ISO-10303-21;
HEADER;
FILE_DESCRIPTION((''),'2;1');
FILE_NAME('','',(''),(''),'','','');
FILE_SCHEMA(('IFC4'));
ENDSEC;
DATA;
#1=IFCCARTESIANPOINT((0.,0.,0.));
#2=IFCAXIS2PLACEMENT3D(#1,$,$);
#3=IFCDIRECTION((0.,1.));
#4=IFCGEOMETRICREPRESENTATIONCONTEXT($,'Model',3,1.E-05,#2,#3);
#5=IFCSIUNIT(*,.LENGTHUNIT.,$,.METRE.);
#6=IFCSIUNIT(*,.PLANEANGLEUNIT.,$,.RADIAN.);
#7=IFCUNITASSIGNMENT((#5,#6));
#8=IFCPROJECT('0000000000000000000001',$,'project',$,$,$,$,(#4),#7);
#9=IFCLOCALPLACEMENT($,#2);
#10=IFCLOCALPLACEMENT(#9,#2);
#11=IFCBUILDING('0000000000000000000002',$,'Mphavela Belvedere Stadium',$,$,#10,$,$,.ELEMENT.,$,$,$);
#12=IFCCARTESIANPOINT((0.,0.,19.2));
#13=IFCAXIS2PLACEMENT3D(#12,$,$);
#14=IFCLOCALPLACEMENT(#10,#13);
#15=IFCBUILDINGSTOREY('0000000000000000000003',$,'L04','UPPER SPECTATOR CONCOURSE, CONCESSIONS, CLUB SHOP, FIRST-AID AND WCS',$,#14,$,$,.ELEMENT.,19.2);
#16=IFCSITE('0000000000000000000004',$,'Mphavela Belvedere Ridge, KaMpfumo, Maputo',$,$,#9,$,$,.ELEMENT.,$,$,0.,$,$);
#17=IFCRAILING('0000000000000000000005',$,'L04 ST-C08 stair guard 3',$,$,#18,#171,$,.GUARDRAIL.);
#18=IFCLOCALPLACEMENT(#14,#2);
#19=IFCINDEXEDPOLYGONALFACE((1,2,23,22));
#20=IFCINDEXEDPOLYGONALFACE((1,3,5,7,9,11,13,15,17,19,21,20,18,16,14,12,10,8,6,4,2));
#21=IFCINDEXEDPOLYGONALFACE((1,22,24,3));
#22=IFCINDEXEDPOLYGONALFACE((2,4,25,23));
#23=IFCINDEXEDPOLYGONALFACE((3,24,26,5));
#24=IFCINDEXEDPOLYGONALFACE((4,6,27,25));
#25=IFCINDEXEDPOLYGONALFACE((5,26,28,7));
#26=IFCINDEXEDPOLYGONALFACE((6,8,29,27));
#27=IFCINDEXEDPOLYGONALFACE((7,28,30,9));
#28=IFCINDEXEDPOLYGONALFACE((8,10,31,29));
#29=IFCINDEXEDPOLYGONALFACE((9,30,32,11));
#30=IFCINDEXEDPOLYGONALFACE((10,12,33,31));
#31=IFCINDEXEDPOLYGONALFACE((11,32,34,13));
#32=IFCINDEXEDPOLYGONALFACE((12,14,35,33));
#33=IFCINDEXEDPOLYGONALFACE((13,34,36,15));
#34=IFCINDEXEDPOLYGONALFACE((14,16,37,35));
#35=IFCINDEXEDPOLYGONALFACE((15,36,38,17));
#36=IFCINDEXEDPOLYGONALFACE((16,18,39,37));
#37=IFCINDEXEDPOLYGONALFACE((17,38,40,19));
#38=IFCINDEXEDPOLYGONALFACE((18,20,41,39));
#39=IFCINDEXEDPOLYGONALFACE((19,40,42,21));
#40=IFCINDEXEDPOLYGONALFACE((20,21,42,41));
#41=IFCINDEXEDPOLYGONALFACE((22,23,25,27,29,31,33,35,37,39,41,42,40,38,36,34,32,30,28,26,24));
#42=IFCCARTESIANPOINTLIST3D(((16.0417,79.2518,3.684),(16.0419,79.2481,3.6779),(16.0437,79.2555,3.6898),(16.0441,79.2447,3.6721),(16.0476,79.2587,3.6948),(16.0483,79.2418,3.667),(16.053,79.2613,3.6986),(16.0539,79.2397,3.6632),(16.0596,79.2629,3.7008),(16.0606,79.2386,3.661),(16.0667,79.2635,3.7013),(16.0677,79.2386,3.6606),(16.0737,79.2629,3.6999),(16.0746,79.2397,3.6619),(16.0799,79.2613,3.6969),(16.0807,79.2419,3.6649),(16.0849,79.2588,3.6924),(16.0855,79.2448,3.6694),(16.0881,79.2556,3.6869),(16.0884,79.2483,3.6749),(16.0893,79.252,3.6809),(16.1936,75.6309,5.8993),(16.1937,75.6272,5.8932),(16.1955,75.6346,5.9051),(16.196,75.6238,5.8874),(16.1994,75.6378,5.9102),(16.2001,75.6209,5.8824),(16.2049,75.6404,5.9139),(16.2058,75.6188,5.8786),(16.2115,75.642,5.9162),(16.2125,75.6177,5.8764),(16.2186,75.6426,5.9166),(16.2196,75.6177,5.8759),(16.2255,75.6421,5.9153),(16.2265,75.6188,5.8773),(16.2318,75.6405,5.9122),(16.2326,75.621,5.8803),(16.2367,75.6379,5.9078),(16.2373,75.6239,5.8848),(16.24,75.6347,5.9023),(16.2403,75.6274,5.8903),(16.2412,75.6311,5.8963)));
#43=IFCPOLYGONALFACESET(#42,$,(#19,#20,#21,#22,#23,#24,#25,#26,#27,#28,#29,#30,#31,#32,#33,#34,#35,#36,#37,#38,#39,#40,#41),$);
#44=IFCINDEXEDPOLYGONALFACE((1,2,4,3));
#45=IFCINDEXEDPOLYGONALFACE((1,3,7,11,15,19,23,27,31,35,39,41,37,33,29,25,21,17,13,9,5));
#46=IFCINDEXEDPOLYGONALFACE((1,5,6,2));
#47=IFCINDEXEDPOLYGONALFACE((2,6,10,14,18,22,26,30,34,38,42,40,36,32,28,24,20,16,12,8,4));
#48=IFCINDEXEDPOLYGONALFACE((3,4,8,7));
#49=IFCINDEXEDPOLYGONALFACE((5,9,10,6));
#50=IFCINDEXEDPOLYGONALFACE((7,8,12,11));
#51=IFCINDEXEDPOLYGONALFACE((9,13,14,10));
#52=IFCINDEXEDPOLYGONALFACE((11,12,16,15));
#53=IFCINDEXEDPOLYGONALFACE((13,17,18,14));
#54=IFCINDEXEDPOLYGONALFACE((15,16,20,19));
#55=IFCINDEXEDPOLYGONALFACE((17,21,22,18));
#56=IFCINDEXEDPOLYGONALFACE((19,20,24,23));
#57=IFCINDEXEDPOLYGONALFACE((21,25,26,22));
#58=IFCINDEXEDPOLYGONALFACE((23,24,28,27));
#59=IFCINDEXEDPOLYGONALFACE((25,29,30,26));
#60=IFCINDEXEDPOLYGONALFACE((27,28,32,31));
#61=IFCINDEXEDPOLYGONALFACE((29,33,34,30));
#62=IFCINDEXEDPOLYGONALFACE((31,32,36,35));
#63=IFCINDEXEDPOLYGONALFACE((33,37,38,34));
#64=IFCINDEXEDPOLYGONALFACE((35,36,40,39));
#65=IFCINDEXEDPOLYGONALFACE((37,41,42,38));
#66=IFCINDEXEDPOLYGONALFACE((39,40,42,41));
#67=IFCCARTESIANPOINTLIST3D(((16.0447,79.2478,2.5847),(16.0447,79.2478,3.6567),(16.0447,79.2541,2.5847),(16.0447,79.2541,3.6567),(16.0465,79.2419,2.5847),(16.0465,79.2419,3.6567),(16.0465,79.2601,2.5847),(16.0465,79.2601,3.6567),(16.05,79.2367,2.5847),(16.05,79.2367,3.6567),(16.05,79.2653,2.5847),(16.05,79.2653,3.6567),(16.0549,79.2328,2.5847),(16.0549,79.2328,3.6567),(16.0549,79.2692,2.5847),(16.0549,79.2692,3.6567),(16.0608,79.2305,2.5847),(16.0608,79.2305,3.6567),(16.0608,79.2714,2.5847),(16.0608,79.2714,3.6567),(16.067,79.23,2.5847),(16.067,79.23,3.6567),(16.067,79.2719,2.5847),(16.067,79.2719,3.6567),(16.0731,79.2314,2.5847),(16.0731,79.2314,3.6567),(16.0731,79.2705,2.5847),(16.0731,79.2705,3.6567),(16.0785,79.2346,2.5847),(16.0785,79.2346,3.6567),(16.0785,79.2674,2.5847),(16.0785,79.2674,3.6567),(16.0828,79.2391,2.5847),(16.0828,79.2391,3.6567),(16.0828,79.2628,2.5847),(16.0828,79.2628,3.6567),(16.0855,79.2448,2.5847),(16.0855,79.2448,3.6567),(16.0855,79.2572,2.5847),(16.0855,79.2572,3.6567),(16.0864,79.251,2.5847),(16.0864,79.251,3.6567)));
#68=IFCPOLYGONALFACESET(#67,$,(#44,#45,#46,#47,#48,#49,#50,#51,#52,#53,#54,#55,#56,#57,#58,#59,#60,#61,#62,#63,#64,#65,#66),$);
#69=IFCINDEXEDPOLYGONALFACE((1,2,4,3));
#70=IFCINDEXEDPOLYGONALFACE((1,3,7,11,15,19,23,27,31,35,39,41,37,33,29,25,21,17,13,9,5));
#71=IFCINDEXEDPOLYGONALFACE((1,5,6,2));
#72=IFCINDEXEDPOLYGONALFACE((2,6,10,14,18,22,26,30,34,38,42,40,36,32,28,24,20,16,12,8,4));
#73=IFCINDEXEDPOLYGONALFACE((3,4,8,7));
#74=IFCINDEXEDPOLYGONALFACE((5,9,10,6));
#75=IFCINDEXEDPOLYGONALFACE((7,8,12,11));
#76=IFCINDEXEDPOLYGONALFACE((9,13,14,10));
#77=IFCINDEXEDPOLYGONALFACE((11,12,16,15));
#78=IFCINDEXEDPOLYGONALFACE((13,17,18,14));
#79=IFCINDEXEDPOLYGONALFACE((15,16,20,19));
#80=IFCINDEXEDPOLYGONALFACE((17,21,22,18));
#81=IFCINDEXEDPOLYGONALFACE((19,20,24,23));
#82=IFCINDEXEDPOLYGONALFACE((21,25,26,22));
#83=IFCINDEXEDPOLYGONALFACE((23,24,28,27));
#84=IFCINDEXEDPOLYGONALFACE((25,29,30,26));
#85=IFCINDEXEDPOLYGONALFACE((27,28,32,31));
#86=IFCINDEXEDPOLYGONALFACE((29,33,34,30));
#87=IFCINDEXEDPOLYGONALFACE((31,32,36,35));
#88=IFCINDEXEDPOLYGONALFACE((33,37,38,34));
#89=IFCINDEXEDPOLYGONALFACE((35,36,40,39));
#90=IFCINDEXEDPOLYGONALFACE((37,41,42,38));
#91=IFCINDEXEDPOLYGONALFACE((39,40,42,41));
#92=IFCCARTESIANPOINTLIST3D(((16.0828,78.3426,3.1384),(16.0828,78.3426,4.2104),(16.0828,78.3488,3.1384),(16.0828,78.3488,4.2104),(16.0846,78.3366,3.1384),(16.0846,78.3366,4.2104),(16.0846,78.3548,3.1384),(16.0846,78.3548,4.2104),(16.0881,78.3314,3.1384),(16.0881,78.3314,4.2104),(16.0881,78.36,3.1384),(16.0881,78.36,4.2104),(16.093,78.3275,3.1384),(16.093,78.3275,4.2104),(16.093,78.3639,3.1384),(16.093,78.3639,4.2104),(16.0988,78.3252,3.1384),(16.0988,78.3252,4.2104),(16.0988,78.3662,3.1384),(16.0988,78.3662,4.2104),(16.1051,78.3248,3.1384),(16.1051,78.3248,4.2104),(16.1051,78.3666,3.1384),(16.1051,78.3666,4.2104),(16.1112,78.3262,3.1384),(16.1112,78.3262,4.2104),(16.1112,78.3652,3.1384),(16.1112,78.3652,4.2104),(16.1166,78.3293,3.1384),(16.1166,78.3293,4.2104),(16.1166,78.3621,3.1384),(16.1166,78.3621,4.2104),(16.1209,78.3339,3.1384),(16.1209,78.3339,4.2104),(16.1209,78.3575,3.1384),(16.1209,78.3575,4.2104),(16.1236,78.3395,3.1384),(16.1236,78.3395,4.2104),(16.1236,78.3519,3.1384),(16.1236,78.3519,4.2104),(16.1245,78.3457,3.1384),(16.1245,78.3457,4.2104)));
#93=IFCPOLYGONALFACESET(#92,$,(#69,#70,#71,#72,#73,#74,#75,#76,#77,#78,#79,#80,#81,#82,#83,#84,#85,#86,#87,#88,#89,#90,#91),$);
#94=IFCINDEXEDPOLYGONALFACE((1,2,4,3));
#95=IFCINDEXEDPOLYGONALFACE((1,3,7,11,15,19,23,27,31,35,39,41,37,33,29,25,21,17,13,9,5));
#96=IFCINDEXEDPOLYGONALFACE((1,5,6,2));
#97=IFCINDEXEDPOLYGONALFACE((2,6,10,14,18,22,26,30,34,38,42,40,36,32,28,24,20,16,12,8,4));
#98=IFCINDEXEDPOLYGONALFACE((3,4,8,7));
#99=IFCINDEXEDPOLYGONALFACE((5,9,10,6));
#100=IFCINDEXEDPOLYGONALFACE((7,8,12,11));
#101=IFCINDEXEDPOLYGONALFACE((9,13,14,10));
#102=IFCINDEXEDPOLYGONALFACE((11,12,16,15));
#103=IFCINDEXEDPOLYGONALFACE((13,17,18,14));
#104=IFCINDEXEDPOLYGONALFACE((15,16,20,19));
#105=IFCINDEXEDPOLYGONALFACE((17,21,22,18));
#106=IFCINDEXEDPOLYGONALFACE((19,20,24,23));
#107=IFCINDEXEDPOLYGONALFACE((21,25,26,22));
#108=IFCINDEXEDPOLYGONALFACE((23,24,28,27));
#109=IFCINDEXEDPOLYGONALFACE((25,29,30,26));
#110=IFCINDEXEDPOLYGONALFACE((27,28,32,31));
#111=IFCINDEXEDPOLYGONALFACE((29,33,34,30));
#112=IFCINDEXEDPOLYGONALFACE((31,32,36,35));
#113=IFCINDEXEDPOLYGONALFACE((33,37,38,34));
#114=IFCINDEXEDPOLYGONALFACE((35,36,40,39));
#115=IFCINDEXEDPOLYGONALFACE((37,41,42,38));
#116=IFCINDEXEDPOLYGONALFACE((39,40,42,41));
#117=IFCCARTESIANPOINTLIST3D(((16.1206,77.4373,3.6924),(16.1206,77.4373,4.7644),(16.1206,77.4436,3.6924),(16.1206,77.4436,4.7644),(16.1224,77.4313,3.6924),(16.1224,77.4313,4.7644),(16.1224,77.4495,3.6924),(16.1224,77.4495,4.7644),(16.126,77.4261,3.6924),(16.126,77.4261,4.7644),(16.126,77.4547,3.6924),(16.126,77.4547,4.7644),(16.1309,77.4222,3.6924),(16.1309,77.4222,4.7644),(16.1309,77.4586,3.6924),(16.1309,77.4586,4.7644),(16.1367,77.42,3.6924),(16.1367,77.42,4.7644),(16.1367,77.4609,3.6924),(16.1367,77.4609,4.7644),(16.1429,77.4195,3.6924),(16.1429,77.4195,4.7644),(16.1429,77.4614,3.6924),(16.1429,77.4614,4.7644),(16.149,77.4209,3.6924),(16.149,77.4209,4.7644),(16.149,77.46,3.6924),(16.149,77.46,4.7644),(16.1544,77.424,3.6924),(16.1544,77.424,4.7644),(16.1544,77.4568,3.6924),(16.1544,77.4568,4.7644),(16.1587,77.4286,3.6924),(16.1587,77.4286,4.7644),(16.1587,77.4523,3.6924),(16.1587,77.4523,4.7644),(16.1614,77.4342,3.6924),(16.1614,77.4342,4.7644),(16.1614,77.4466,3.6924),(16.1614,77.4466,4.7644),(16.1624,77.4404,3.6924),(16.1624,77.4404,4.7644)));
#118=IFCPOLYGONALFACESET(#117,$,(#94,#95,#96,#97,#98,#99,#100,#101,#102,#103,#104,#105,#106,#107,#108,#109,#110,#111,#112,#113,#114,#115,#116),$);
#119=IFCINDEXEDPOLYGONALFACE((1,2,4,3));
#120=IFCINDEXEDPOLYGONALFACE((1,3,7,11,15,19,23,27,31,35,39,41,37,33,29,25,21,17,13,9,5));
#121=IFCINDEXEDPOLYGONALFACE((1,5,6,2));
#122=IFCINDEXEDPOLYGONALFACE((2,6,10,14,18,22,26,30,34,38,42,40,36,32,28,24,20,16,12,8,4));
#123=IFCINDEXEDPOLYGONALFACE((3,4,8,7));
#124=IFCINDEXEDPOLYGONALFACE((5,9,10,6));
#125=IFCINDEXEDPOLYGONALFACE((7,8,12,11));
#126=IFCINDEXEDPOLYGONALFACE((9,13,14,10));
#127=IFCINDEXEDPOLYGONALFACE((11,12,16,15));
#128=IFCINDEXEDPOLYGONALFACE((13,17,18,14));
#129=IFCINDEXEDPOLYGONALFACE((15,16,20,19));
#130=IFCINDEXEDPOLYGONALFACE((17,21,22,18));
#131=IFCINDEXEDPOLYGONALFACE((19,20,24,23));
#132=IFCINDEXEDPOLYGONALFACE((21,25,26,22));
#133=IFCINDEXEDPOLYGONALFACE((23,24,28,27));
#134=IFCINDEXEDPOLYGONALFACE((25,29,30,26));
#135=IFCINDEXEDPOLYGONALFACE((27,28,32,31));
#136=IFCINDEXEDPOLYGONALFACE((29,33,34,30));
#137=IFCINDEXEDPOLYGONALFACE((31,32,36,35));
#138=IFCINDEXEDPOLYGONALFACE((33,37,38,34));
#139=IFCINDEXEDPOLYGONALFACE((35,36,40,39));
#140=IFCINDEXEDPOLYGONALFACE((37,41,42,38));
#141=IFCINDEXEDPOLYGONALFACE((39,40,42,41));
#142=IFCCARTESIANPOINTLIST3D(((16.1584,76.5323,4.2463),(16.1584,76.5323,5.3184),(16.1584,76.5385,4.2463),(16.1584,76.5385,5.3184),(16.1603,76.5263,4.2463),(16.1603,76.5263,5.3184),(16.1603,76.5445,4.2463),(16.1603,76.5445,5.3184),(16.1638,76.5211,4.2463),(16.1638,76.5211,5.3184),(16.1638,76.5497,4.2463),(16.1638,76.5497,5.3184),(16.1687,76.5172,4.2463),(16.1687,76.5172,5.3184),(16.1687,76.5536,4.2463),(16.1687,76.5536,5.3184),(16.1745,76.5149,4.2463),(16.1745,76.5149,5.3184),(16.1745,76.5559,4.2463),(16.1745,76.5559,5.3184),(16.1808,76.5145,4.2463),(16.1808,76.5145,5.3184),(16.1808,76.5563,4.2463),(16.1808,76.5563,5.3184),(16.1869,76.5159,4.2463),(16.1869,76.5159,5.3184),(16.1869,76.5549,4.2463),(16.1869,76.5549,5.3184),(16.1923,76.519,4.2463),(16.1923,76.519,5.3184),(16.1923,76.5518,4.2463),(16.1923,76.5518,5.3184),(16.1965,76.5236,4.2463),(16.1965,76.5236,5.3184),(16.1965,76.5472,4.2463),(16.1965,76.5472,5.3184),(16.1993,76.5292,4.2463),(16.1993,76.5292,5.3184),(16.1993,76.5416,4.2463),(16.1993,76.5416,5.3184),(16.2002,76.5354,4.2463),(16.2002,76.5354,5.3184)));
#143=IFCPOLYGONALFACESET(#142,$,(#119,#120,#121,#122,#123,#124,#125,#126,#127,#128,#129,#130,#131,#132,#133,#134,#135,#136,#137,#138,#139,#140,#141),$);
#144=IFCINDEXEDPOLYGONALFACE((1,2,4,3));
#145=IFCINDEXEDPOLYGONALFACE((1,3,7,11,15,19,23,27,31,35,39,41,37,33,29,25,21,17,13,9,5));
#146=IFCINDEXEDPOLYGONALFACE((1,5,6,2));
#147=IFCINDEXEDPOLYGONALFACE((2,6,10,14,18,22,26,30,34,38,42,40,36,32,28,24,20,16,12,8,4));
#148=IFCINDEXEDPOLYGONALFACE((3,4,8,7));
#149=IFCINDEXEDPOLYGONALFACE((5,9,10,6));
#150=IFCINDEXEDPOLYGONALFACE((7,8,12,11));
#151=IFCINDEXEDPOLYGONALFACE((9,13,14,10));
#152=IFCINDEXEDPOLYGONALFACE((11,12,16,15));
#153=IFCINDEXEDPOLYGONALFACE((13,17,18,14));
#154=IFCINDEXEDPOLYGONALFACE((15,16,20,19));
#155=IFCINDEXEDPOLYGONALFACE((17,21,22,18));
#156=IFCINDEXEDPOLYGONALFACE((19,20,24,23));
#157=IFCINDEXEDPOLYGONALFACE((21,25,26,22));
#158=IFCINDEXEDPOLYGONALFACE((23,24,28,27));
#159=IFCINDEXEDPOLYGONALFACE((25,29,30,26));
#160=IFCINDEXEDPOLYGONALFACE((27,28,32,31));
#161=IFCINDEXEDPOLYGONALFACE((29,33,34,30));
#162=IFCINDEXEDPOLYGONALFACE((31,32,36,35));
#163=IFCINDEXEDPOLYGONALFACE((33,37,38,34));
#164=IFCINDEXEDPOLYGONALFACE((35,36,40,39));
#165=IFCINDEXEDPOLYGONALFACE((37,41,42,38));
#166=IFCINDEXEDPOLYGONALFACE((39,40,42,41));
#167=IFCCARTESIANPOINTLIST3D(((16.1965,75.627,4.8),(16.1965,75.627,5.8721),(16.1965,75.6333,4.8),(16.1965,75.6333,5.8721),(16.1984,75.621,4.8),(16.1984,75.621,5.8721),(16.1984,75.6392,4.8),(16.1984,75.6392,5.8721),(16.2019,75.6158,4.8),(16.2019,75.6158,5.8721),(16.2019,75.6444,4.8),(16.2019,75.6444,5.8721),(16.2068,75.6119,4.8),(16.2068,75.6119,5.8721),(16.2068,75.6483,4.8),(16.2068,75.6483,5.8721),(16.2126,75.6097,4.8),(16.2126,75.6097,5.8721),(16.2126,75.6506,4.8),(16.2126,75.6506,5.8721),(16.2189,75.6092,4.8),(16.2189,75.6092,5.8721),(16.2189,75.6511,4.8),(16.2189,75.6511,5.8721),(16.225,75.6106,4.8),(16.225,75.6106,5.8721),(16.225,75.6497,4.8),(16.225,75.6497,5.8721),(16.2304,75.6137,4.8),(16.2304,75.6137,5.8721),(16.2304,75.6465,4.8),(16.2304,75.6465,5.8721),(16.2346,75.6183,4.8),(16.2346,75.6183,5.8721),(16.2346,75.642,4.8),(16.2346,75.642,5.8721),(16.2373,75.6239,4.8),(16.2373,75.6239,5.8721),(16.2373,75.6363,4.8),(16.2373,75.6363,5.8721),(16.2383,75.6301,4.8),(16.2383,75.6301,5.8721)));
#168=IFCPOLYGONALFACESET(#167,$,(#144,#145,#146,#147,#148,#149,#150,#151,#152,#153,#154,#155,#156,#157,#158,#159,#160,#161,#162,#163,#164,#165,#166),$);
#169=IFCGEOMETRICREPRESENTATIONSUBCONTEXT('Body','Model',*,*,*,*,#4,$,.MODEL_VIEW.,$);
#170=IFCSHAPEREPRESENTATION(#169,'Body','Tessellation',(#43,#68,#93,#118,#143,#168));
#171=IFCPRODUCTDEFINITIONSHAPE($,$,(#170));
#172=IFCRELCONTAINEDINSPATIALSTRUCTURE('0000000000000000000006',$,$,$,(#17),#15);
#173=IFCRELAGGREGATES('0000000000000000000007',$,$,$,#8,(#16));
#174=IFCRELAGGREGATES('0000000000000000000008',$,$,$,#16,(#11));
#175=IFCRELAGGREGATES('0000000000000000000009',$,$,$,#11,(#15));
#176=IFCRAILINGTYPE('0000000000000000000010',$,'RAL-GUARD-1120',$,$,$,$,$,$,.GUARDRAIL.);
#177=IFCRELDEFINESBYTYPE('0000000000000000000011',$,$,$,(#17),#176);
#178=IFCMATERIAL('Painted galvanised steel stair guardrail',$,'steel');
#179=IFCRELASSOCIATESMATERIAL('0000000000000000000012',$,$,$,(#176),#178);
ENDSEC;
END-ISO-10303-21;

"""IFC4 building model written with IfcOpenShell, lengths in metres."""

from ifc_helpers import new_model, si_unit, direction, frame, origin, origin_2d, place, context, subcontext, project, spatial, circle, extrude, material, type_object, element, save


model = new_model("IFC4")

# Units and contexts
model_context = context("Model", 3, precision=1e-05, world=origin(), true_north=direction((0.0, 1.0)))
body_context = subcontext(model_context, "Body", "Model", "MODEL_VIEW")
ifc_project = project(units=[si_unit("LENGTHUNIT", "METRE"), si_unit("PLANEANGLEUNIT", "RADIAN")], contexts=[model_context])

# Site, building, storey
site_placement = place(None, origin())
site = spatial("IfcSite", under=ifc_project, at=site_placement, Name="Mphavela Belvedere Ridge, KaMpfumo, Maputo", CompositionType="ELEMENT", RefElevation=0.0)
building_placement = place(site_placement, origin())
building = spatial("IfcBuilding", under=site, at=building_placement, Name="Mphavela Belvedere Stadium", CompositionType="ELEMENT")
storey_placement = place(building_placement, frame((0.0, 0.0, 19.2)))
storey = spatial("IfcBuildingStorey", under=building, at=storey_placement, Name="L04", Description="UPPER SPECTATOR CONCOURSE, CONCESSIONS, CLUB SHOP, FIRST-AID AND WCS", CompositionType="ELEMENT", Elevation=19.2)

# Railing
ifc_material_1 = material(Name="Painted galvanised steel stair guardrail", Category="steel")
railing_type_1 = type_object("IfcRailingType", Name="RAL-GUARD-1120", PredefinedType="GUARDRAIL", material=ifc_material_1)
railing_1_placement = place(storey_placement, frame((16.0654, 79.251, 2.5847)))
element("IfcRailing", 1, at=railing_1_placement, inside=storey, type_object=railing_type_1, Name="L04 ST-C08 stair guard 3", PredefinedType="GUARDRAIL", context=body_context, shape_type="SweptSolid", body=[
    extrude(circle(Radius=0.0239, at=origin_2d()), frame((0.0, 0.0, 1.0962), z_axis=(0.035752, -0.852465, 0.521561), x_axis=(0.999122, 0.041902, 0.0)), (0.0, 0.0, 1.0), 4.2476),
    extrude(circle(Radius=0.021, at=origin_2d()), origin(), (0.0, 0.0, 1.0), 1.072),
    extrude(circle(Radius=0.021, at=origin_2d()), frame((0.0381, -0.9053, 0.5537)), (0.0, 0.0, 1.0), 1.072),
    extrude(circle(Radius=0.021, at=origin_2d()), frame((0.0759, -1.8105, 1.1077)), (0.0, 0.0, 1.0), 1.072),
    extrude(circle(Radius=0.021, at=origin_2d()), frame((0.1138, -2.7156, 1.6616)), (0.0, 0.0, 1.0), 1.072),
    extrude(circle(Radius=0.021, at=origin_2d()), frame((0.1519, -3.6208, 2.2153)), (0.0, 0.0, 1.0), 1.072),
])

save(model, "model.ifc")
